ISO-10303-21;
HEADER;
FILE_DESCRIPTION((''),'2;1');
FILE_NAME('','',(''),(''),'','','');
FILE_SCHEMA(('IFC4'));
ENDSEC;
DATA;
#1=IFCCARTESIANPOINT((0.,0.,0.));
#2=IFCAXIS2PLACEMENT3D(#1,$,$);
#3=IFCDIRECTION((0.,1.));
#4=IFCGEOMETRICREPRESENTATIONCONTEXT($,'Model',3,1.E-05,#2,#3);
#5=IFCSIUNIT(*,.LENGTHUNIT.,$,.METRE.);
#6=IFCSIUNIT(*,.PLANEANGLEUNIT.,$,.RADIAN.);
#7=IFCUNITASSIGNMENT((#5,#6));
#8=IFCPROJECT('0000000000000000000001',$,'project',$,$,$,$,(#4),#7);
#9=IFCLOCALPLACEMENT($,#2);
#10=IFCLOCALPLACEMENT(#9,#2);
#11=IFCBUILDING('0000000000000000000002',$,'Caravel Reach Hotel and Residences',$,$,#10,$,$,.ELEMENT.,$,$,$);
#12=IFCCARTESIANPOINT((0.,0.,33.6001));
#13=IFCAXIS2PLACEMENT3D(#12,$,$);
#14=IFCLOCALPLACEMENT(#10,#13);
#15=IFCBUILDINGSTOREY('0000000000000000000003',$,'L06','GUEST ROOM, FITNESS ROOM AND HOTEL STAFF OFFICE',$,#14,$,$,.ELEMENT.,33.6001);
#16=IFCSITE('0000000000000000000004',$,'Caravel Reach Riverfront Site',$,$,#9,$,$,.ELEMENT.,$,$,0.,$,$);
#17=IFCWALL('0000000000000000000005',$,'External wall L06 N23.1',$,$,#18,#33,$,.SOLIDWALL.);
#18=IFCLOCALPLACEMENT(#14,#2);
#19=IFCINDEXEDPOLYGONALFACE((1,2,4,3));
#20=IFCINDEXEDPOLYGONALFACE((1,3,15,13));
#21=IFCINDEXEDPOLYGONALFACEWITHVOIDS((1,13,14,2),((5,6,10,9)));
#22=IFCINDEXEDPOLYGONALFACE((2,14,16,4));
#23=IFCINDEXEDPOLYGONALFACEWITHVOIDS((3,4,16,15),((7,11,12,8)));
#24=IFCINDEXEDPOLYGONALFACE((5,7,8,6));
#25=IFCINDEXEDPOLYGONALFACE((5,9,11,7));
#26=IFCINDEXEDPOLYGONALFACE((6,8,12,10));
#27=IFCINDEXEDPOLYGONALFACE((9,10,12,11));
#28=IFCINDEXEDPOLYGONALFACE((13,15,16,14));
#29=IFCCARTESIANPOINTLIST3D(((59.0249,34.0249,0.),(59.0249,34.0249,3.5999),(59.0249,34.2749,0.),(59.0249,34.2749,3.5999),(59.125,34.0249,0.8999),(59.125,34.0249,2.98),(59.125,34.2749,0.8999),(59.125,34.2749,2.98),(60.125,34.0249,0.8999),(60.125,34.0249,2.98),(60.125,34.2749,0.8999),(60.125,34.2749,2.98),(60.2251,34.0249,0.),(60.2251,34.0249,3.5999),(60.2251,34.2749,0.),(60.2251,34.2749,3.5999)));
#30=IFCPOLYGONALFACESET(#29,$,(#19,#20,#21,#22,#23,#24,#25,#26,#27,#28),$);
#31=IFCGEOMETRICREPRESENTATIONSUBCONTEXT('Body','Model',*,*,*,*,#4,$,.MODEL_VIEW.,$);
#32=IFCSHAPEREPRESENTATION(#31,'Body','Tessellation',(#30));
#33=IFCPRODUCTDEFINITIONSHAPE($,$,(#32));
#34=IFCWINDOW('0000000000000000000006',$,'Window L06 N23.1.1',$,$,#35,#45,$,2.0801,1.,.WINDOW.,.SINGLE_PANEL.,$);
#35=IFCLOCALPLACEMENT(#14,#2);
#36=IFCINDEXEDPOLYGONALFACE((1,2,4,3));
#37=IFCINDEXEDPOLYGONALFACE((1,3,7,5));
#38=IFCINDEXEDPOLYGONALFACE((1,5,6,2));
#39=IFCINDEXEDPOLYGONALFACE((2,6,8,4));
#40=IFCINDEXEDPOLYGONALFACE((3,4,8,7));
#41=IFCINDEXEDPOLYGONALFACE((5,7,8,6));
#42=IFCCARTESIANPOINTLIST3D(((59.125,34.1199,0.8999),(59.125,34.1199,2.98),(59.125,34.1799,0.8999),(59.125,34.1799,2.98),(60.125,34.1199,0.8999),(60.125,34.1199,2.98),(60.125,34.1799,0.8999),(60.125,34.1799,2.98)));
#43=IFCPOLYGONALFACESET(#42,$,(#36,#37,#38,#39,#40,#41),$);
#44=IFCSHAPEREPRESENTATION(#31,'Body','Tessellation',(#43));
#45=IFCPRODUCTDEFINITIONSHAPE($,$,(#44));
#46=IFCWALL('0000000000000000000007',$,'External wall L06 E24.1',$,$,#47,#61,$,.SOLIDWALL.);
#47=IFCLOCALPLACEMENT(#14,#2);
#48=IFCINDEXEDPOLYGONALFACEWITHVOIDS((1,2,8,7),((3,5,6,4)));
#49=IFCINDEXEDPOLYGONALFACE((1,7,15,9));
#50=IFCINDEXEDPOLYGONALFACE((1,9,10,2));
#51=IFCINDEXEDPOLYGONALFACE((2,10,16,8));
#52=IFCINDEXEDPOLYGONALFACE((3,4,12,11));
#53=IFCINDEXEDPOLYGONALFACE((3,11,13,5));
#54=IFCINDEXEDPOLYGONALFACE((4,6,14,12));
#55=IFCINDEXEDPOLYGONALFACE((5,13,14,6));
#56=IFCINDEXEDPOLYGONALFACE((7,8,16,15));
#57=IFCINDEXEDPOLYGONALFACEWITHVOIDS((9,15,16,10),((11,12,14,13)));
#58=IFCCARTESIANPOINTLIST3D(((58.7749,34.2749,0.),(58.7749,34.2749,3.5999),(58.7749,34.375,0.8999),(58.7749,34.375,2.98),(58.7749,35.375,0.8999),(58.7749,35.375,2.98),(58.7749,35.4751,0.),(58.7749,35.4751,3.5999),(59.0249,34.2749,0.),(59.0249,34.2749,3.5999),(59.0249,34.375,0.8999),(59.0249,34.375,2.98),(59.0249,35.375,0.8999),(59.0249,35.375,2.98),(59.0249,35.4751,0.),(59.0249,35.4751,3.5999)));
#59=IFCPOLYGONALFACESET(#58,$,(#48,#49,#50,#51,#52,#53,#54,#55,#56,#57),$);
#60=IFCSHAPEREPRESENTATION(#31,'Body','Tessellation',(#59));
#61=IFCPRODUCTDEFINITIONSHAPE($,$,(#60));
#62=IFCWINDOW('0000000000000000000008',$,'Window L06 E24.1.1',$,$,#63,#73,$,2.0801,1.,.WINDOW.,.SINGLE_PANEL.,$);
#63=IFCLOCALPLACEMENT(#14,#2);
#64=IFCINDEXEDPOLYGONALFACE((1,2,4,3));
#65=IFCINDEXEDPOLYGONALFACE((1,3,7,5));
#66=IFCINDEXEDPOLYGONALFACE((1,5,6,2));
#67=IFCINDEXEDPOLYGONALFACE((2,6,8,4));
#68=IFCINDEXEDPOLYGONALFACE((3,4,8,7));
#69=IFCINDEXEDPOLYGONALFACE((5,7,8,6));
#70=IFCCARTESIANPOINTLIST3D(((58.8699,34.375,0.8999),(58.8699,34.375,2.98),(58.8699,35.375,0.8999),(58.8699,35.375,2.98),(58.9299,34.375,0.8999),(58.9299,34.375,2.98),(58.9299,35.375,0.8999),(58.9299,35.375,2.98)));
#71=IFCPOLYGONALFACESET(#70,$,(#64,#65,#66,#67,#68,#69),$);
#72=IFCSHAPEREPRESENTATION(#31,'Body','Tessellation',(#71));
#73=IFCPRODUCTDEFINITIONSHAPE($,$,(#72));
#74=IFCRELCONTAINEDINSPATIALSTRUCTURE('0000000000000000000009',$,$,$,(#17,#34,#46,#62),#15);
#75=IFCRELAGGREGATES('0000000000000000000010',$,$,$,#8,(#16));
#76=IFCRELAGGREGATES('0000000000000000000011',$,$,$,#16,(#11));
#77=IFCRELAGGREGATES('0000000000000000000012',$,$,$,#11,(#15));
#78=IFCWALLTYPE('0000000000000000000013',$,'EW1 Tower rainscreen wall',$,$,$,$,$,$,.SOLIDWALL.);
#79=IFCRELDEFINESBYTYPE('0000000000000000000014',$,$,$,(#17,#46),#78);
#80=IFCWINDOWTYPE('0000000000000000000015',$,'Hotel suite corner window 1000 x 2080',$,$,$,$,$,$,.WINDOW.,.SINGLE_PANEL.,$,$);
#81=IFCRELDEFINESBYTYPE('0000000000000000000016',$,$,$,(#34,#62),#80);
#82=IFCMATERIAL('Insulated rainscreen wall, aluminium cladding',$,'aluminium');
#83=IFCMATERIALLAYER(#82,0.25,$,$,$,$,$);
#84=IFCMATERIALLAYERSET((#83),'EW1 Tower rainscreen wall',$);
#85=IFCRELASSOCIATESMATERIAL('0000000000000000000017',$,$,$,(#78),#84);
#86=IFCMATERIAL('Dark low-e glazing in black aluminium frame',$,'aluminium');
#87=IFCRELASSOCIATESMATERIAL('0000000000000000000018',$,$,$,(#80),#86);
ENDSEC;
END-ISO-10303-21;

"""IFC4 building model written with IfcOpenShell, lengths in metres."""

from ifc_helpers import new_model, si_unit, direction, frame, frame_2d, origin, place, context, subcontext, project, spatial, rectangle, extrude, material, layer, layer_set, type_object, element, fill, save


model = new_model("IFC4")

# Units and contexts
model_context = context("Model", 3, precision=1e-05, world=origin(), true_north=direction((0.0, 1.0)))
body_context = subcontext(model_context, "Body", "Model", "MODEL_VIEW")
ifc_project = project(units=[si_unit("LENGTHUNIT", "METRE"), si_unit("PLANEANGLEUNIT", "RADIAN")], contexts=[model_context])

# Site, building, storey
site_placement = place(None, origin())
site = spatial("IfcSite", under=ifc_project, at=site_placement, Name="Caravel Reach Riverfront Site", CompositionType="ELEMENT", RefElevation=0.0)
building_placement = place(site_placement, origin())
building = spatial("IfcBuilding", under=site, at=building_placement, Name="Caravel Reach Hotel and Residences", CompositionType="ELEMENT")
storey_placement = place(building_placement, frame((0.0, 0.0, 33.6001)))
storey = spatial("IfcBuildingStorey", under=building, at=storey_placement, Name="L06", Description="GUEST ROOM, FITNESS ROOM AND HOTEL STAFF OFFICE", CompositionType="ELEMENT", Elevation=33.6001)

# Walls, openings, windows
ifc_material_1 = material(Name="Insulated rainscreen wall, aluminium cladding", Category="aluminium")
ifc_layer = layer(ifc_material_1, 0.25)
ifc_layer_set = layer_set([ifc_layer], Name="EW1 Tower rainscreen wall")
wall_type = type_object("IfcWallType", Name="EW1 Tower rainscreen wall", PredefinedType="SOLIDWALL", material=ifc_layer_set)
ifc_material_2 = material(Name="Dark low-e glazing in black aluminium frame", Category="aluminium")
window_type = type_object("IfcWindowType", Name="Hotel suite corner window 1000 x 2080", PartitioningType="SINGLE_PANEL", PredefinedType="WINDOW", material=ifc_material_2)
wall_1_placement = place(storey_placement, frame((60.2251, 34.1499, 0.0), z_axis=(0.0, 0.0, 1.0), x_axis=(-1.0, 0.0, 0.0)))
wall_1 = element("IfcWall", 1, at=wall_1_placement, inside=storey, type_object=wall_type, Name="External wall L06 N23.1", PredefinedType="SOLIDWALL", context=body_context, shape_type="SweptSolid", body=[
    extrude(rectangle(XDim=1.2002, YDim=0.25, at=frame_2d((0.6001, 0.0))), origin(), (0.0, 0.0, 1.0), 3.5999),
])
opening_1_placement = place(wall_1_placement, frame((0.1001, 0.0, 0.8999)))
opening_1 = element("IfcOpeningElement", 2, at=opening_1_placement, cuts=wall_1, PredefinedType="OPENING", context=body_context, shape_type="SweptSolid", body=[
    extrude(rectangle(XDim=1.0, YDim=2.0801, at=frame_2d((0.5, 1.04))), frame((0.0, 0.135, 0.0), z_axis=(0.0, -1.0, 0.0), x_axis=(1.0, 0.0, 0.0)), (0.0, 0.0, 1.0), 0.27),
])
window_1_placement = place(opening_1_placement, origin())
window_1 = element("IfcWindow", 3, at=window_1_placement, inside=storey, type_object=window_type, Name="Window L06 N23.1.1", OverallHeight=2.0801, OverallWidth=1.0, PartitioningType="SINGLE_PANEL", PredefinedType="WINDOW", context=body_context, shape_type="SweptSolid", body=[
    extrude(rectangle(XDim=1.0, YDim=2.0801, at=frame_2d((0.5, 1.04))), frame((0.0, 0.03, 0.0), z_axis=(0.0, -1.0, 0.0), x_axis=(1.0, 0.0, 0.0)), (0.0, 0.0, 1.0), 0.0601),
])
fill(opening_1, window_1)
wall_2_placement = place(storey_placement, frame((58.8999, 34.2749, 0.0), z_axis=(0.0, 0.0, 1.0), x_axis=(0.0, 1.0, 0.0)))
wall_2 = element("IfcWall", 4, at=wall_2_placement, inside=storey, type_object=wall_type, Name="External wall L06 E24.1", PredefinedType="SOLIDWALL", context=body_context, shape_type="SweptSolid", body=[
    extrude(rectangle(XDim=1.2002, YDim=0.25, at=frame_2d((0.6001, 0.0))), origin(), (0.0, 0.0, 1.0), 3.5999),
])
opening_2_placement = place(wall_2_placement, frame((0.1001, 0.0, 0.8999)))
opening_2 = element("IfcOpeningElement", 5, at=opening_2_placement, cuts=wall_2, PredefinedType="OPENING", context=body_context, shape_type="SweptSolid", body=[
    extrude(rectangle(XDim=1.0, YDim=2.0801, at=frame_2d((0.5, 1.04))), frame((0.0, 0.135, 0.0), z_axis=(0.0, -1.0, 0.0), x_axis=(1.0, 0.0, 0.0)), (0.0, 0.0, 1.0), 0.27),
])
window_2_placement = place(opening_2_placement, origin())
window_2 = element("IfcWindow", 6, at=window_2_placement, inside=storey, type_object=window_type, Name="Window L06 E24.1.1", OverallHeight=2.0801, OverallWidth=1.0, PartitioningType="SINGLE_PANEL", PredefinedType="WINDOW", context=body_context, shape_type="SweptSolid", body=[
    extrude(rectangle(XDim=1.0, YDim=2.0801, at=frame_2d((0.5, 1.04))), frame((0.0, 0.03, 0.0), z_axis=(0.0, -1.0, 0.0), x_axis=(1.0, 0.0, 0.0)), (0.0, 0.0, 1.0), 0.0601),
])
fill(opening_2, window_2)

save(model, "model.ifc")
